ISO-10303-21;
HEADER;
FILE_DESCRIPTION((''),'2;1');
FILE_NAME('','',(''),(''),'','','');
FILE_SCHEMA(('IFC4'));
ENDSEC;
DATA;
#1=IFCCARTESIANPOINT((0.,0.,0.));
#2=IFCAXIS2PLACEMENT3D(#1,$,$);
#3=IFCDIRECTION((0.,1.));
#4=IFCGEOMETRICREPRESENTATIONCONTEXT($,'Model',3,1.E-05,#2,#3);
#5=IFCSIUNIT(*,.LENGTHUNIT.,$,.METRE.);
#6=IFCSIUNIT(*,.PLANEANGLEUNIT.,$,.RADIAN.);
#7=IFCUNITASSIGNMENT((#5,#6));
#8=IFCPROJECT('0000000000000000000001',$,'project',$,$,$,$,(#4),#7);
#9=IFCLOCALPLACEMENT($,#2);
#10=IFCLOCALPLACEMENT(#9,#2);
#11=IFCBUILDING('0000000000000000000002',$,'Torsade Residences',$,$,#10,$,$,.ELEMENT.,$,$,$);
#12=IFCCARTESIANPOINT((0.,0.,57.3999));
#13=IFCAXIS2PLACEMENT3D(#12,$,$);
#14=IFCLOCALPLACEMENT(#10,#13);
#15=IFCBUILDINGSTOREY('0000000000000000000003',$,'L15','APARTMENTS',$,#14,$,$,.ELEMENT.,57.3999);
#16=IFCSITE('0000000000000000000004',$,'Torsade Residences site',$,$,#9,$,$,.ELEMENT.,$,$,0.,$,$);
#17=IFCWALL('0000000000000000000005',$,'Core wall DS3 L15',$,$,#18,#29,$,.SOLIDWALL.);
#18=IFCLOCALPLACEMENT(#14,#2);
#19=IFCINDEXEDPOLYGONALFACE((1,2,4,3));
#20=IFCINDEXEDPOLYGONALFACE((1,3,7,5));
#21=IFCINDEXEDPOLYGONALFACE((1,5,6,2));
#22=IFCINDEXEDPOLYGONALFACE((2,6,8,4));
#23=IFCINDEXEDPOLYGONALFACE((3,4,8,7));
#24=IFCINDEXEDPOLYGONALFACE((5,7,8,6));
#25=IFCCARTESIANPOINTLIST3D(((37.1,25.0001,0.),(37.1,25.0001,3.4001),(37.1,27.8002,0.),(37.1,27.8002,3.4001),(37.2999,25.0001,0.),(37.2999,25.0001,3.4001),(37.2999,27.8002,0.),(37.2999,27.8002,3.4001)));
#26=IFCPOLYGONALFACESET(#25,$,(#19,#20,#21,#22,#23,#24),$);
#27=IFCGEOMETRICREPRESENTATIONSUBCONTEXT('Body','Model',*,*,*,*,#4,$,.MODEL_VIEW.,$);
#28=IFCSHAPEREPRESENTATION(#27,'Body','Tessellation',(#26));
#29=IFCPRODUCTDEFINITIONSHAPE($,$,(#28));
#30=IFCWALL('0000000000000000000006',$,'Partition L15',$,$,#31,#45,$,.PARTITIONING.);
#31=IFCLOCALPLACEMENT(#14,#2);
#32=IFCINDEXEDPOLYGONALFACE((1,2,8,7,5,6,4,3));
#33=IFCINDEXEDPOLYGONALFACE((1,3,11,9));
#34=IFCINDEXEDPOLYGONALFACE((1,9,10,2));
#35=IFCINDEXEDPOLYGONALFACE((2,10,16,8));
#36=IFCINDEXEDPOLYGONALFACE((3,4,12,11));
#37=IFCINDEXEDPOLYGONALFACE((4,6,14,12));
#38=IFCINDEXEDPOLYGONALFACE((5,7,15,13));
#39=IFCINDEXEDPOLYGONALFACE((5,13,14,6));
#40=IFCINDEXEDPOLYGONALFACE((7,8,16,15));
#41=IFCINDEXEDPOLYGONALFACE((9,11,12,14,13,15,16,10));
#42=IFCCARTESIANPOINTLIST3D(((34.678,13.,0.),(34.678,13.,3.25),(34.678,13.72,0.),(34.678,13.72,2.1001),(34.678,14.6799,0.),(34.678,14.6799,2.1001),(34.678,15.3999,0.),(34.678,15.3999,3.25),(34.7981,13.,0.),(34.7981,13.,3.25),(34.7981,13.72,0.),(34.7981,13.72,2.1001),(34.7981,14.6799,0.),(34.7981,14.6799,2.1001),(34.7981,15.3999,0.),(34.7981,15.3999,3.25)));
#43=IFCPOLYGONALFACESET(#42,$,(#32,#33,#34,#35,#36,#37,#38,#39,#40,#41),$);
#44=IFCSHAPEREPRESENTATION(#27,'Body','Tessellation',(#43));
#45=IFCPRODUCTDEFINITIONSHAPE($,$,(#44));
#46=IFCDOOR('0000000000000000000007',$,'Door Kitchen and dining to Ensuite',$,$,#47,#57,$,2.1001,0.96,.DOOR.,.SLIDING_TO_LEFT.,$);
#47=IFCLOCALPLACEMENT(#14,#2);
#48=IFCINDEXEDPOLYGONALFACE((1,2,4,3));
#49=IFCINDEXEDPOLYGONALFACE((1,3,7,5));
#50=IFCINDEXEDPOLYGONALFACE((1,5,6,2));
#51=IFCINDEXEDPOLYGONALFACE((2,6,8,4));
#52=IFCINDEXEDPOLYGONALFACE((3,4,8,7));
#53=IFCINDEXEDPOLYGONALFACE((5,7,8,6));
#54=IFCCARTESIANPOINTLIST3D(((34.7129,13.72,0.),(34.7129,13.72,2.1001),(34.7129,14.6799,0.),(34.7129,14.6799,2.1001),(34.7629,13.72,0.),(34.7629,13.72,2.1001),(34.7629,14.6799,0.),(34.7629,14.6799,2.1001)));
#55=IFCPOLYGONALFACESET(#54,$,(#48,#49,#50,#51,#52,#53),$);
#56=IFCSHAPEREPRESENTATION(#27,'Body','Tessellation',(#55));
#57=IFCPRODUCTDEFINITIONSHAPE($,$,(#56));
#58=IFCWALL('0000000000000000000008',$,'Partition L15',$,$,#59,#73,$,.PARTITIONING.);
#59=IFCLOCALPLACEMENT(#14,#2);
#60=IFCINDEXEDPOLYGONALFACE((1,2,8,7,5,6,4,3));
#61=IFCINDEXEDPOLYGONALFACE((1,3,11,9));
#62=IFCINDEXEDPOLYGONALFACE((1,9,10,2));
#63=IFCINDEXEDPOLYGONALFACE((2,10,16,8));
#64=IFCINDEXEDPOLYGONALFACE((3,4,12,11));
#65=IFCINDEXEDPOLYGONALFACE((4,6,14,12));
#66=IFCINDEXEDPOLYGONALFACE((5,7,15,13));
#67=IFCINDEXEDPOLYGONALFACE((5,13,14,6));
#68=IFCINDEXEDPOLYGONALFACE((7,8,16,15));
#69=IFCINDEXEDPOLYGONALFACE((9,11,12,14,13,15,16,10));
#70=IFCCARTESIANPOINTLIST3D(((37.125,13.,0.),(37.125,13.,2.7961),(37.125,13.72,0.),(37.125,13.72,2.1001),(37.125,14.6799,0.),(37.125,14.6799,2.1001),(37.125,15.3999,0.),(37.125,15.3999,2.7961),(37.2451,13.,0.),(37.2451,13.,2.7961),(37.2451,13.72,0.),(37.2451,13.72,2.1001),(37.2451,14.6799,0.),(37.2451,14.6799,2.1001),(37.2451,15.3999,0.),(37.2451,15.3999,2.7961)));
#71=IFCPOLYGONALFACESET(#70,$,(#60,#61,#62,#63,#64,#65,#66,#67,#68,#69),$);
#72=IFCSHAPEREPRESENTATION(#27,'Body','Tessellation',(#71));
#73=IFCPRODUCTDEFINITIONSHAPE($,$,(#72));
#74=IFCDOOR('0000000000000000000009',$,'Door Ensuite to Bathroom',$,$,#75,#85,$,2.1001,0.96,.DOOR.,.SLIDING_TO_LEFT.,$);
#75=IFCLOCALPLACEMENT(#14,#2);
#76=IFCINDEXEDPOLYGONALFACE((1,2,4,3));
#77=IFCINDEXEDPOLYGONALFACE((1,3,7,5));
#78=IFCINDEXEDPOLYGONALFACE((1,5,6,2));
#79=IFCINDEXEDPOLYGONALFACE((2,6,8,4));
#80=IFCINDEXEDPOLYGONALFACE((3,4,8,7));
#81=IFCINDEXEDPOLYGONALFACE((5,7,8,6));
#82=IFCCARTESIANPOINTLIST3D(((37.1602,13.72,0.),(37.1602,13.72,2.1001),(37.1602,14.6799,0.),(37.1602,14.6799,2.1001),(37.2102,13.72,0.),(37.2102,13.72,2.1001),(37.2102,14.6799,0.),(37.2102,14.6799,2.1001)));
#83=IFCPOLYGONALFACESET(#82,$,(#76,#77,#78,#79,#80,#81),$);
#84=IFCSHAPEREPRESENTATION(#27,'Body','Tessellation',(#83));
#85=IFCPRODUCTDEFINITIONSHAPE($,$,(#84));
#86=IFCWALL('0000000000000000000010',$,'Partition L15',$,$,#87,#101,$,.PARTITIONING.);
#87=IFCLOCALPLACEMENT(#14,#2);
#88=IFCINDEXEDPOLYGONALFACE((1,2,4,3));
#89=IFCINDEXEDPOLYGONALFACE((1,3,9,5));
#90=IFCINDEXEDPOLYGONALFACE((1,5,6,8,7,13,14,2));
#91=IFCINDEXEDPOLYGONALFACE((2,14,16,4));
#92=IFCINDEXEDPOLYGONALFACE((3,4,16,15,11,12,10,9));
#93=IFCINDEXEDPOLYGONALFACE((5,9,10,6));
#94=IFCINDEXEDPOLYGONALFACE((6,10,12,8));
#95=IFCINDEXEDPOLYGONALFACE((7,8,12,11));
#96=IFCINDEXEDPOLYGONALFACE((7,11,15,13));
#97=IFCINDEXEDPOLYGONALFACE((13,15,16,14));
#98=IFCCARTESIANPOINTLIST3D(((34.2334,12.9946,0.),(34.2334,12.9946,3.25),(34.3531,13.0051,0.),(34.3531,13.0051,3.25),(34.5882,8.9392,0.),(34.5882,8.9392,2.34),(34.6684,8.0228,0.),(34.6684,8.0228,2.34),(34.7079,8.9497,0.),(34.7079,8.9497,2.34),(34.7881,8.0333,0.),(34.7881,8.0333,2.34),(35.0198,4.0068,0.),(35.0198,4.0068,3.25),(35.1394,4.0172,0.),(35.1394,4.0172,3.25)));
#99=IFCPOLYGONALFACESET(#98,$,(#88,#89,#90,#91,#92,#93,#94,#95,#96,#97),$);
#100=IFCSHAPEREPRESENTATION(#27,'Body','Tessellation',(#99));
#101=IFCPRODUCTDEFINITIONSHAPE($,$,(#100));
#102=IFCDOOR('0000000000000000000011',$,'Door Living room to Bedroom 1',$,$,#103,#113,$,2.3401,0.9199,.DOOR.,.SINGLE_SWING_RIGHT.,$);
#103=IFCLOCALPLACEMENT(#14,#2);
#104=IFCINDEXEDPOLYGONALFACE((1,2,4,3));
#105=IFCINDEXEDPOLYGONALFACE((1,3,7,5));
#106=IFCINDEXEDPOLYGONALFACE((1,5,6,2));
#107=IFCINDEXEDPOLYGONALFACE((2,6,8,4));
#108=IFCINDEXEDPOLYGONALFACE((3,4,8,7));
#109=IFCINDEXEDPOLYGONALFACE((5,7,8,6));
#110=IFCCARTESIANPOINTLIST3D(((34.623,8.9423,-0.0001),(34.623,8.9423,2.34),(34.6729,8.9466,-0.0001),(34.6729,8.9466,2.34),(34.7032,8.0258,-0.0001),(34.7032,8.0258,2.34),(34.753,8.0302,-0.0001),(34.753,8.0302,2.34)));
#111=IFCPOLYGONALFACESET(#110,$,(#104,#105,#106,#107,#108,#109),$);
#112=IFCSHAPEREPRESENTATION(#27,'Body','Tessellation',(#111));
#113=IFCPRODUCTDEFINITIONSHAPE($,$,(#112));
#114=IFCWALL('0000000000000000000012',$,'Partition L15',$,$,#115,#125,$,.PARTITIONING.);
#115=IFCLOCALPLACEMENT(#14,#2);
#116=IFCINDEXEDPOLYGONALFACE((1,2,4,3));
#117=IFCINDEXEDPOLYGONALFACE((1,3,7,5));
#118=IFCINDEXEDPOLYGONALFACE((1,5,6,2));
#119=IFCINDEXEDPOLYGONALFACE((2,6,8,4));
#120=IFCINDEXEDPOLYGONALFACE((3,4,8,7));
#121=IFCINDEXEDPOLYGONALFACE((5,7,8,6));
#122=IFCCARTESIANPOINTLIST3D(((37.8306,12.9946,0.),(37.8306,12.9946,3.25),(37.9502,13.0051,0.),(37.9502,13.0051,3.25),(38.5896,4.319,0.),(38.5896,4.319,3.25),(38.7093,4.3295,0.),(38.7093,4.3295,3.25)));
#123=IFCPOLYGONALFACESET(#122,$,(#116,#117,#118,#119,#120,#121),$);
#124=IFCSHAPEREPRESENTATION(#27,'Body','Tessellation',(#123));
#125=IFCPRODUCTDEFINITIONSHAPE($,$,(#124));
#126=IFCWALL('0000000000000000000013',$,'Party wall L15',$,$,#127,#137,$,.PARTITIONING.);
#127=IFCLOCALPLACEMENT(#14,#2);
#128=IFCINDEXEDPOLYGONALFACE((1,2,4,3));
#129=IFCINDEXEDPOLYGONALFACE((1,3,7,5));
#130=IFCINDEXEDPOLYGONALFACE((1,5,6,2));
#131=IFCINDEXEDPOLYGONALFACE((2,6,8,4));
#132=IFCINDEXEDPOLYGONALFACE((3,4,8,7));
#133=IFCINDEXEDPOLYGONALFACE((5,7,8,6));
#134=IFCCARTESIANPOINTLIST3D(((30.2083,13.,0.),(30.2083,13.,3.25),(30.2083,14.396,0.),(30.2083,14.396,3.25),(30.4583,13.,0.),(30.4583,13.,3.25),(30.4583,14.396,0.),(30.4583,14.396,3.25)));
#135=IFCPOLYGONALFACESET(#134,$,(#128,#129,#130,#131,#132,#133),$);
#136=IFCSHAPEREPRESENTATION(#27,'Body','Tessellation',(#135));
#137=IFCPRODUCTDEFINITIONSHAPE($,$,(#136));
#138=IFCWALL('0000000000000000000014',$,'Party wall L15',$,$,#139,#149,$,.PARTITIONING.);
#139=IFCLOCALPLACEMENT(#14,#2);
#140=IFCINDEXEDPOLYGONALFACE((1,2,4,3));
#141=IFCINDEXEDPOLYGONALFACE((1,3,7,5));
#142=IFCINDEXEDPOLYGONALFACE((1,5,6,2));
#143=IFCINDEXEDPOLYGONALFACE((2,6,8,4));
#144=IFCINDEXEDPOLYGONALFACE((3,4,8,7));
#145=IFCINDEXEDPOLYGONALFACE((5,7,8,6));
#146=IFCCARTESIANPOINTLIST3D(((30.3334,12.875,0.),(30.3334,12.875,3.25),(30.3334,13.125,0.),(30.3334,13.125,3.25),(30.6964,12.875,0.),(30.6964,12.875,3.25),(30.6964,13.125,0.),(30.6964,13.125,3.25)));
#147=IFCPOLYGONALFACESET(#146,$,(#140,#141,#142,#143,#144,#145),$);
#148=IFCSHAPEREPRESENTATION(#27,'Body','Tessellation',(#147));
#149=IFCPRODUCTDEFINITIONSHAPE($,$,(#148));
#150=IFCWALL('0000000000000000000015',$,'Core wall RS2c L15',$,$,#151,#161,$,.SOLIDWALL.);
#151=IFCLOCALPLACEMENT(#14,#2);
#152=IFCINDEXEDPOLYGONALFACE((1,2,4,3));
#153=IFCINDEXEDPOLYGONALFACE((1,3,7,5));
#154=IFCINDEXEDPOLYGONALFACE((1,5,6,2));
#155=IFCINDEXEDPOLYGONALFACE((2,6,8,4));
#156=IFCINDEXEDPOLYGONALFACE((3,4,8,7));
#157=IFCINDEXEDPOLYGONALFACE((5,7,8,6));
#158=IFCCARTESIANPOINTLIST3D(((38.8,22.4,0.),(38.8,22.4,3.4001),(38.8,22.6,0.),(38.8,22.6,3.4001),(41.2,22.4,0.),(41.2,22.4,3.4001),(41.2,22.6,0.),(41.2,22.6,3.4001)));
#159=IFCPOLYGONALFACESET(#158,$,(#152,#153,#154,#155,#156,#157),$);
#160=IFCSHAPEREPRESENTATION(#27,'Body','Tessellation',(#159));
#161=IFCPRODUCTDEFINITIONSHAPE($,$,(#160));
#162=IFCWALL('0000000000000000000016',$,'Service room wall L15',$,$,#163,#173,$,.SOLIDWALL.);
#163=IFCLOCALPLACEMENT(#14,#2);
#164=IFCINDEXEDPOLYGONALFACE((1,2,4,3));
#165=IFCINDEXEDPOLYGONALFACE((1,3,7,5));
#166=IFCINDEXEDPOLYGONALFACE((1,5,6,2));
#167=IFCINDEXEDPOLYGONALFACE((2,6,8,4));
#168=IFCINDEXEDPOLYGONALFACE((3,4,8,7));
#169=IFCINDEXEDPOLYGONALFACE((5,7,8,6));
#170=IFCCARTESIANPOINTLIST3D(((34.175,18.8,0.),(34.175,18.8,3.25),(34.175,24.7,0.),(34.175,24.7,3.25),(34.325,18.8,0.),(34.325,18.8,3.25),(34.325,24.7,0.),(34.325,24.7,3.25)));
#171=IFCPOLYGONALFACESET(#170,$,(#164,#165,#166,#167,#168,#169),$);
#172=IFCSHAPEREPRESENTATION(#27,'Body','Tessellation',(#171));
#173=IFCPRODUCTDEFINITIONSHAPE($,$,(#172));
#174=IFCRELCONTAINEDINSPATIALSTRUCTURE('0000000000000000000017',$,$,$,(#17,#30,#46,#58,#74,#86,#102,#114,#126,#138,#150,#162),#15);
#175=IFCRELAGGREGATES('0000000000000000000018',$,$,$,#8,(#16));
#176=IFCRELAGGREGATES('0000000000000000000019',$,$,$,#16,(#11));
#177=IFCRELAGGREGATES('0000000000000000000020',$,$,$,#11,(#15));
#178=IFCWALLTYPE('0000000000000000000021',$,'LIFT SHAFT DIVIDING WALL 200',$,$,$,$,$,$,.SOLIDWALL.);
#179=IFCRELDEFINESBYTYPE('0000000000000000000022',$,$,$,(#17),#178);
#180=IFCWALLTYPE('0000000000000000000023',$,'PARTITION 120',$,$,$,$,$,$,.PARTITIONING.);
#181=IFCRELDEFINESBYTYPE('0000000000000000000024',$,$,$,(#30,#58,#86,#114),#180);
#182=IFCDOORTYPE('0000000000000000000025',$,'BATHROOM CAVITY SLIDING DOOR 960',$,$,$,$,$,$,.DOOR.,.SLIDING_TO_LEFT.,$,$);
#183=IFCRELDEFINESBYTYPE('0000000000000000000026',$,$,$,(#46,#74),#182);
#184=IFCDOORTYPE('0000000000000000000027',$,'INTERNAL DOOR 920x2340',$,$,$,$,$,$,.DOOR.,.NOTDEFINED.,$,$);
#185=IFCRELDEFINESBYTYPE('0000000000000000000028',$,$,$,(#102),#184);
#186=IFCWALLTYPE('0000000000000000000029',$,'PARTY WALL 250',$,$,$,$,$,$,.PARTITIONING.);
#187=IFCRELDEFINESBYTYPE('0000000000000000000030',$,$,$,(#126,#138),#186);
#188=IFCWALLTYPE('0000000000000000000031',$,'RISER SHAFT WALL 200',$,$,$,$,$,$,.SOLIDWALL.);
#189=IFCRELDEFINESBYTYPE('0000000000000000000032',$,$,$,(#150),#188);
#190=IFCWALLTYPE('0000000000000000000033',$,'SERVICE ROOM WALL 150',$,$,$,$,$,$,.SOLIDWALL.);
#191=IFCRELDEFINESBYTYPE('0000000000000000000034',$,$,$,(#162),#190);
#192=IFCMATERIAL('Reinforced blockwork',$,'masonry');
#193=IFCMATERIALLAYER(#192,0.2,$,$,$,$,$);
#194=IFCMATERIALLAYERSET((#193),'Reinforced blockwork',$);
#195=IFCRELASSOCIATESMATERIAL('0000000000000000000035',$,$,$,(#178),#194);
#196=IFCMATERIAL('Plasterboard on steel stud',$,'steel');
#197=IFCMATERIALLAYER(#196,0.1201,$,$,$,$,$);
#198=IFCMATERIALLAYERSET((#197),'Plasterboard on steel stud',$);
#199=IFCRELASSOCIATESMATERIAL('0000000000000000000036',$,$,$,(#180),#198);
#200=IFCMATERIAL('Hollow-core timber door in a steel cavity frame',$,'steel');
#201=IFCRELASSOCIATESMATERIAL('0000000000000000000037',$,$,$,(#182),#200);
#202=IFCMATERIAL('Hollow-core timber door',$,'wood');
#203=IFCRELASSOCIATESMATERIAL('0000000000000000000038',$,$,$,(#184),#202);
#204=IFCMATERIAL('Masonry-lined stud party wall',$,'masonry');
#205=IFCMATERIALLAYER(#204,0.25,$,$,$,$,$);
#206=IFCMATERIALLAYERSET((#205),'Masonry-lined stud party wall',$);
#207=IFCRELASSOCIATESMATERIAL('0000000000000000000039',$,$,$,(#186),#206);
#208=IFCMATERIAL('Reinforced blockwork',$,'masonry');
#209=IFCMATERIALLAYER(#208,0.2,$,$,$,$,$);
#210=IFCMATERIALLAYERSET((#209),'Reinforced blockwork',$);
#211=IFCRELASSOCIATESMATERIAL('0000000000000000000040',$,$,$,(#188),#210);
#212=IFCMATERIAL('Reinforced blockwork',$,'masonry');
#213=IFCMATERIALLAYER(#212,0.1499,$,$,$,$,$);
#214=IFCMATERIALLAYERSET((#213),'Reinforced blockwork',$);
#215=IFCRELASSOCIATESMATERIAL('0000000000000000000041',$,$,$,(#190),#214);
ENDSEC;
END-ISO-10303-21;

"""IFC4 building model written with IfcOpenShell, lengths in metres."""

from ifc_helpers import new_model, si_unit, direction, frame, frame_2d, origin, place, context, subcontext, project, spatial, rectangle, extrude, material, layer, layer_set, type_object, element, fill, save


model = new_model("IFC4")

# Units and contexts
model_context = context("Model", 3, precision=1e-05, world=origin(), true_north=direction((0.0, 1.0)))
body_context = subcontext(model_context, "Body", "Model", "MODEL_VIEW")
ifc_project = project(units=[si_unit("LENGTHUNIT", "METRE"), si_unit("PLANEANGLEUNIT", "RADIAN")], contexts=[model_context])

# Site, building, storey
site_placement = place(None, origin())
site = spatial("IfcSite", under=ifc_project, at=site_placement, Name="Torsade Residences site", CompositionType="ELEMENT", RefElevation=0.0)
building_placement = place(site_placement, origin())
building = spatial("IfcBuilding", under=site, at=building_placement, Name="Torsade Residences", CompositionType="ELEMENT")
storey_placement = place(building_placement, frame((0.0, 0.0, 57.3999)))
storey = spatial("IfcBuildingStorey", under=building, at=storey_placement, Name="L15", Description="APARTMENTS", CompositionType="ELEMENT", Elevation=57.3999)

# Wall
ifc_material_1 = material(Name="Reinforced blockwork", Category="masonry")
ifc_layer_1 = layer(ifc_material_1, 0.2)
ifc_layer_set_1 = layer_set([ifc_layer_1], Name="Reinforced blockwork")
wall_type_1 = type_object("IfcWallType", Name="LIFT SHAFT DIVIDING WALL 200", PredefinedType="SOLIDWALL", material=ifc_layer_set_1)
wall_1_placement = place(storey_placement, frame((37.2, 27.8, 0.0), z_axis=(0.0, 0.0, 1.0), x_axis=(0.0, -1.0, 0.0)))
element("IfcWall", 1, at=wall_1_placement, inside=storey, type_object=wall_type_1, Name="Core wall DS3 L15", PredefinedType="SOLIDWALL", context=body_context, shape_type="SweptSolid", body=[
    extrude(rectangle(XDim=2.8, YDim=0.2, at=frame_2d((1.3999, 0.0))), origin(), (0.0, 0.0, 1.0), 3.4001),
])

# Walls, openings, doors
ifc_material_2 = material(Name="Plasterboard on steel stud", Category="steel")
ifc_layer_2 = layer(ifc_material_2, 0.1201)
ifc_layer_set_2 = layer_set([ifc_layer_2], Name="Plasterboard on steel stud")
wall_type_2 = type_object("IfcWallType", Name="PARTITION 120", PredefinedType="PARTITIONING", material=ifc_layer_set_2)
wall_2_placement = place(storey_placement, frame((34.738, 15.3999, 0.0), z_axis=(0.0, 0.0, 1.0), x_axis=(0.0, -1.0, 0.0)))
wall_2 = element("IfcWall", 2, at=wall_2_placement, inside=storey, type_object=wall_type_2, Name="Partition L15", PredefinedType="PARTITIONING", context=body_context, shape_type="SweptSolid", body=[
    extrude(rectangle(XDim=2.3999, YDim=0.1201, at=frame_2d((1.2, 0.0))), origin(), (0.0, 0.0, 1.0), 3.25),
])
opening_1_placement = place(wall_2_placement, frame((0.72, 0.0, 0.0)))
opening_1 = element("IfcOpeningElement", 3, at=opening_1_placement, cuts=wall_2, PredefinedType="OPENING", context=body_context, shape_type="SweptSolid", body=[
    extrude(rectangle(XDim=0.96, YDim=2.1001, at=frame_2d((0.48, 1.05))), frame((0.0, 0.0701, 0.0), z_axis=(0.0, -1.0, 0.0), x_axis=(1.0, 0.0, 0.0)), (0.0, 0.0, 1.0), 0.1401),
])
ifc_material_3 = material(Name="Hollow-core timber door in a steel cavity frame", Category="steel")
door_type_1 = type_object("IfcDoorType", Name="BATHROOM CAVITY SLIDING DOOR 960", OperationType="SLIDING_TO_LEFT", PredefinedType="DOOR", material=ifc_material_3)
door_1_placement = place(opening_1_placement, origin())
door_1 = element("IfcDoor", 4, at=door_1_placement, inside=storey, type_object=door_type_1, Name="Door Kitchen and dining to Ensuite", OperationType="SLIDING_TO_LEFT", OverallHeight=2.1001, OverallWidth=0.96, PredefinedType="DOOR", context=body_context, shape_type="SweptSolid", body=[
    extrude(rectangle(XDim=0.96, YDim=2.1001, at=frame_2d((0.48, 1.05))), frame((0.0, 0.0249, 0.0), z_axis=(0.0, -1.0, 0.0), x_axis=(1.0, 0.0, 0.0)), (0.0, 0.0, 1.0), 0.05),
])
fill(opening_1, door_1)
wall_3_placement = place(storey_placement, frame((37.1851, 13.0, 0.0), z_axis=(0.0, 0.0, 1.0), x_axis=(0.0, 1.0, 0.0)))
wall_3 = element("IfcWall", 5, at=wall_3_placement, inside=storey, type_object=wall_type_2, Name="Partition L15", PredefinedType="PARTITIONING", context=body_context, shape_type="SweptSolid", body=[
    extrude(rectangle(XDim=2.3999, YDim=0.1201, at=frame_2d((1.2, 0.0))), origin(), (0.0, 0.0, 1.0), 2.7961),
])
opening_2_placement = place(wall_3_placement, frame((0.72, 0.0, 0.0)))
opening_2 = element("IfcOpeningElement", 6, at=opening_2_placement, cuts=wall_3, PredefinedType="OPENING", context=body_context, shape_type="SweptSolid", body=[
    extrude(rectangle(XDim=0.96, YDim=2.1001, at=frame_2d((0.48, 1.05))), frame((0.0, 0.0701, 0.0), z_axis=(0.0, -1.0, 0.0), x_axis=(1.0, 0.0, 0.0)), (0.0, 0.0, 1.0), 0.1401),
])
door_2_placement = place(opening_2_placement, origin())
door_2 = element("IfcDoor", 7, at=door_2_placement, inside=storey, type_object=door_type_1, Name="Door Ensuite to Bathroom", OperationType="SLIDING_TO_LEFT", OverallHeight=2.1001, OverallWidth=0.96, PredefinedType="DOOR", context=body_context, shape_type="SweptSolid", body=[
    extrude(rectangle(XDim=0.96, YDim=2.1001, at=frame_2d((0.48, 1.05))), frame((0.0, 0.0249, 0.0), z_axis=(0.0, -1.0, 0.0), x_axis=(1.0, 0.0, 0.0)), (0.0, 0.0, 1.0), 0.05),
])
fill(opening_2, door_2)
wall_4_placement = place(storey_placement, frame((34.2932, 13.0, 0.0), z_axis=(0.0, 0.0, 1.0), x_axis=(0.087161, -0.996194, 0.0)))
wall_4 = element("IfcWall", 8, at=wall_4_placement, inside=storey, type_object=wall_type_2, Name="Partition L15", PredefinedType="PARTITIONING", context=body_context, shape_type="SweptSolid", body=[
    extrude(rectangle(XDim=9.0222, YDim=0.1201, at=frame_2d((4.5112, 0.0))), origin(), (0.0, 0.0, 1.0), 3.25),
])
opening_3_placement = place(wall_4_placement, frame((4.071, 0.0, 0.0)))
opening_3 = element("IfcOpeningElement", 9, at=opening_3_placement, cuts=wall_4, PredefinedType="OPENING", context=body_context, shape_type="SweptSolid", body=[
    extrude(rectangle(XDim=0.9199, YDim=2.3401, at=frame_2d((0.46, 1.1699))), frame((0.0, 0.0701, 0.0), z_axis=(0.0, -1.0, 0.0), x_axis=(1.0, 0.0, 0.0)), (0.0, 0.0, 1.0), 0.1401),
])
ifc_material_4 = material(Name="Hollow-core timber door", Category="wood")
door_type_2 = type_object("IfcDoorType", Name="INTERNAL DOOR 920x2340", OperationType="NOTDEFINED", PredefinedType="DOOR", material=ifc_material_4)
door_3_placement = place(opening_3_placement, origin())
door_3 = element("IfcDoor", 10, at=door_3_placement, inside=storey, type_object=door_type_2, Name="Door Living room to Bedroom 1", OperationType="SINGLE_SWING_RIGHT", OverallHeight=2.3401, OverallWidth=0.9199, PredefinedType="DOOR", context=body_context, shape_type="SweptSolid", body=[
    extrude(rectangle(XDim=0.9199, YDim=2.3401, at=frame_2d((0.46, 1.1699))), frame((0.0, 0.0249, 0.0), z_axis=(0.0, -1.0, 0.0), x_axis=(1.0, 0.0, 0.0)), (0.0, 0.0, 1.0), 0.05),
])
fill(opening_3, door_3)

# Walls
wall_5_placement = place(storey_placement, frame((37.8904, 13.0, 0.0), z_axis=(0.0, 0.0, 1.0), x_axis=(0.087158, -0.996194, 0.0)))
element("IfcWall", 11, at=wall_5_placement, inside=storey, type_object=wall_type_2, Name="Partition L15", PredefinedType="PARTITIONING", context=body_context, shape_type="SweptSolid", body=[
    extrude(rectangle(XDim=8.7087, YDim=0.1201, at=frame_2d((4.3545, 0.0))), origin(), (0.0, 0.0, 1.0), 3.25),
])
ifc_material_5 = material(Name="Masonry-lined stud party wall", Category="masonry")
ifc_layer_3 = layer(ifc_material_5, 0.25)
ifc_layer_set_3 = layer_set([ifc_layer_3], Name="Masonry-lined stud party wall")
wall_type_3 = type_object("IfcWallType", Name="PARTY WALL 250", PredefinedType="PARTITIONING", material=ifc_layer_set_3)
wall_6_placement = place(storey_placement, frame((30.3333, 14.396, 0.0), z_axis=(0.0, 0.0, 1.0), x_axis=(0.0, -1.0, 0.0)))
element("IfcWall", 12, at=wall_6_placement, inside=storey, type_object=wall_type_3, Name="Party wall L15", PredefinedType="PARTITIONING", context=body_context, shape_type="SweptSolid", body=[
    extrude(rectangle(XDim=1.396, YDim=0.25, at=frame_2d((0.698, 0.0))), origin(), (0.0, 0.0, 1.0), 3.25),
])
wall_7_placement = place(storey_placement, frame((30.3333, 13.0, 0.0), z_axis=(0.0, 0.0, 1.0), x_axis=(1.0, 0.0, 0.0)))
element("IfcWall", 13, at=wall_7_placement, inside=storey, type_object=wall_type_3, Name="Party wall L15", PredefinedType="PARTITIONING", context=body_context, shape_type="SweptSolid", body=[
    extrude(rectangle(XDim=0.363, YDim=0.25, at=frame_2d((0.1816, 0.0))), origin(), (0.0, 0.0, 1.0), 3.25),
])
ifc_material_6 = material(Name="Reinforced blockwork", Category="masonry")
ifc_layer_4 = layer(ifc_material_6, 0.2)
ifc_layer_set_4 = layer_set([ifc_layer_4], Name="Reinforced blockwork")
wall_type_4 = type_object("IfcWallType", Name="RISER SHAFT WALL 200", PredefinedType="SOLIDWALL", material=ifc_layer_set_4)
wall_8_placement = place(storey_placement, frame((38.8, 22.5, 0.0), z_axis=(0.0, 0.0, 1.0), x_axis=(1.0, 0.0, 0.0)))
element("IfcWall", 14, at=wall_8_placement, inside=storey, type_object=wall_type_4, Name="Core wall RS2c L15", PredefinedType="SOLIDWALL", context=body_context, shape_type="SweptSolid", body=[
    extrude(rectangle(XDim=2.3999, YDim=0.2, at=frame_2d((1.2, 0.0))), origin(), (0.0, 0.0, 1.0), 3.4001),
])
ifc_material_7 = material(Name="Reinforced blockwork", Category="masonry")
ifc_layer_5 = layer(ifc_material_7, 0.1499)
ifc_layer_set_5 = layer_set([ifc_layer_5], Name="Reinforced blockwork")
wall_type_5 = type_object("IfcWallType", Name="SERVICE ROOM WALL 150", PredefinedType="SOLIDWALL", material=ifc_layer_set_5)
wall_9_placement = place(storey_placement, frame((34.25, 18.8, 0.0), z_axis=(0.0, 0.0, 1.0), x_axis=(0.0, 1.0, 0.0)))
element("IfcWall", 15, at=wall_9_placement, inside=storey, type_object=wall_type_5, Name="Service room wall L15", PredefinedType="SOLIDWALL", context=body_context, shape_type="SweptSolid", body=[
    extrude(rectangle(XDim=5.8999, YDim=0.1499, at=frame_2d((2.95, 0.0))), origin(), (0.0, 0.0, 1.0), 3.25),
])

save(model, "model.ifc")
